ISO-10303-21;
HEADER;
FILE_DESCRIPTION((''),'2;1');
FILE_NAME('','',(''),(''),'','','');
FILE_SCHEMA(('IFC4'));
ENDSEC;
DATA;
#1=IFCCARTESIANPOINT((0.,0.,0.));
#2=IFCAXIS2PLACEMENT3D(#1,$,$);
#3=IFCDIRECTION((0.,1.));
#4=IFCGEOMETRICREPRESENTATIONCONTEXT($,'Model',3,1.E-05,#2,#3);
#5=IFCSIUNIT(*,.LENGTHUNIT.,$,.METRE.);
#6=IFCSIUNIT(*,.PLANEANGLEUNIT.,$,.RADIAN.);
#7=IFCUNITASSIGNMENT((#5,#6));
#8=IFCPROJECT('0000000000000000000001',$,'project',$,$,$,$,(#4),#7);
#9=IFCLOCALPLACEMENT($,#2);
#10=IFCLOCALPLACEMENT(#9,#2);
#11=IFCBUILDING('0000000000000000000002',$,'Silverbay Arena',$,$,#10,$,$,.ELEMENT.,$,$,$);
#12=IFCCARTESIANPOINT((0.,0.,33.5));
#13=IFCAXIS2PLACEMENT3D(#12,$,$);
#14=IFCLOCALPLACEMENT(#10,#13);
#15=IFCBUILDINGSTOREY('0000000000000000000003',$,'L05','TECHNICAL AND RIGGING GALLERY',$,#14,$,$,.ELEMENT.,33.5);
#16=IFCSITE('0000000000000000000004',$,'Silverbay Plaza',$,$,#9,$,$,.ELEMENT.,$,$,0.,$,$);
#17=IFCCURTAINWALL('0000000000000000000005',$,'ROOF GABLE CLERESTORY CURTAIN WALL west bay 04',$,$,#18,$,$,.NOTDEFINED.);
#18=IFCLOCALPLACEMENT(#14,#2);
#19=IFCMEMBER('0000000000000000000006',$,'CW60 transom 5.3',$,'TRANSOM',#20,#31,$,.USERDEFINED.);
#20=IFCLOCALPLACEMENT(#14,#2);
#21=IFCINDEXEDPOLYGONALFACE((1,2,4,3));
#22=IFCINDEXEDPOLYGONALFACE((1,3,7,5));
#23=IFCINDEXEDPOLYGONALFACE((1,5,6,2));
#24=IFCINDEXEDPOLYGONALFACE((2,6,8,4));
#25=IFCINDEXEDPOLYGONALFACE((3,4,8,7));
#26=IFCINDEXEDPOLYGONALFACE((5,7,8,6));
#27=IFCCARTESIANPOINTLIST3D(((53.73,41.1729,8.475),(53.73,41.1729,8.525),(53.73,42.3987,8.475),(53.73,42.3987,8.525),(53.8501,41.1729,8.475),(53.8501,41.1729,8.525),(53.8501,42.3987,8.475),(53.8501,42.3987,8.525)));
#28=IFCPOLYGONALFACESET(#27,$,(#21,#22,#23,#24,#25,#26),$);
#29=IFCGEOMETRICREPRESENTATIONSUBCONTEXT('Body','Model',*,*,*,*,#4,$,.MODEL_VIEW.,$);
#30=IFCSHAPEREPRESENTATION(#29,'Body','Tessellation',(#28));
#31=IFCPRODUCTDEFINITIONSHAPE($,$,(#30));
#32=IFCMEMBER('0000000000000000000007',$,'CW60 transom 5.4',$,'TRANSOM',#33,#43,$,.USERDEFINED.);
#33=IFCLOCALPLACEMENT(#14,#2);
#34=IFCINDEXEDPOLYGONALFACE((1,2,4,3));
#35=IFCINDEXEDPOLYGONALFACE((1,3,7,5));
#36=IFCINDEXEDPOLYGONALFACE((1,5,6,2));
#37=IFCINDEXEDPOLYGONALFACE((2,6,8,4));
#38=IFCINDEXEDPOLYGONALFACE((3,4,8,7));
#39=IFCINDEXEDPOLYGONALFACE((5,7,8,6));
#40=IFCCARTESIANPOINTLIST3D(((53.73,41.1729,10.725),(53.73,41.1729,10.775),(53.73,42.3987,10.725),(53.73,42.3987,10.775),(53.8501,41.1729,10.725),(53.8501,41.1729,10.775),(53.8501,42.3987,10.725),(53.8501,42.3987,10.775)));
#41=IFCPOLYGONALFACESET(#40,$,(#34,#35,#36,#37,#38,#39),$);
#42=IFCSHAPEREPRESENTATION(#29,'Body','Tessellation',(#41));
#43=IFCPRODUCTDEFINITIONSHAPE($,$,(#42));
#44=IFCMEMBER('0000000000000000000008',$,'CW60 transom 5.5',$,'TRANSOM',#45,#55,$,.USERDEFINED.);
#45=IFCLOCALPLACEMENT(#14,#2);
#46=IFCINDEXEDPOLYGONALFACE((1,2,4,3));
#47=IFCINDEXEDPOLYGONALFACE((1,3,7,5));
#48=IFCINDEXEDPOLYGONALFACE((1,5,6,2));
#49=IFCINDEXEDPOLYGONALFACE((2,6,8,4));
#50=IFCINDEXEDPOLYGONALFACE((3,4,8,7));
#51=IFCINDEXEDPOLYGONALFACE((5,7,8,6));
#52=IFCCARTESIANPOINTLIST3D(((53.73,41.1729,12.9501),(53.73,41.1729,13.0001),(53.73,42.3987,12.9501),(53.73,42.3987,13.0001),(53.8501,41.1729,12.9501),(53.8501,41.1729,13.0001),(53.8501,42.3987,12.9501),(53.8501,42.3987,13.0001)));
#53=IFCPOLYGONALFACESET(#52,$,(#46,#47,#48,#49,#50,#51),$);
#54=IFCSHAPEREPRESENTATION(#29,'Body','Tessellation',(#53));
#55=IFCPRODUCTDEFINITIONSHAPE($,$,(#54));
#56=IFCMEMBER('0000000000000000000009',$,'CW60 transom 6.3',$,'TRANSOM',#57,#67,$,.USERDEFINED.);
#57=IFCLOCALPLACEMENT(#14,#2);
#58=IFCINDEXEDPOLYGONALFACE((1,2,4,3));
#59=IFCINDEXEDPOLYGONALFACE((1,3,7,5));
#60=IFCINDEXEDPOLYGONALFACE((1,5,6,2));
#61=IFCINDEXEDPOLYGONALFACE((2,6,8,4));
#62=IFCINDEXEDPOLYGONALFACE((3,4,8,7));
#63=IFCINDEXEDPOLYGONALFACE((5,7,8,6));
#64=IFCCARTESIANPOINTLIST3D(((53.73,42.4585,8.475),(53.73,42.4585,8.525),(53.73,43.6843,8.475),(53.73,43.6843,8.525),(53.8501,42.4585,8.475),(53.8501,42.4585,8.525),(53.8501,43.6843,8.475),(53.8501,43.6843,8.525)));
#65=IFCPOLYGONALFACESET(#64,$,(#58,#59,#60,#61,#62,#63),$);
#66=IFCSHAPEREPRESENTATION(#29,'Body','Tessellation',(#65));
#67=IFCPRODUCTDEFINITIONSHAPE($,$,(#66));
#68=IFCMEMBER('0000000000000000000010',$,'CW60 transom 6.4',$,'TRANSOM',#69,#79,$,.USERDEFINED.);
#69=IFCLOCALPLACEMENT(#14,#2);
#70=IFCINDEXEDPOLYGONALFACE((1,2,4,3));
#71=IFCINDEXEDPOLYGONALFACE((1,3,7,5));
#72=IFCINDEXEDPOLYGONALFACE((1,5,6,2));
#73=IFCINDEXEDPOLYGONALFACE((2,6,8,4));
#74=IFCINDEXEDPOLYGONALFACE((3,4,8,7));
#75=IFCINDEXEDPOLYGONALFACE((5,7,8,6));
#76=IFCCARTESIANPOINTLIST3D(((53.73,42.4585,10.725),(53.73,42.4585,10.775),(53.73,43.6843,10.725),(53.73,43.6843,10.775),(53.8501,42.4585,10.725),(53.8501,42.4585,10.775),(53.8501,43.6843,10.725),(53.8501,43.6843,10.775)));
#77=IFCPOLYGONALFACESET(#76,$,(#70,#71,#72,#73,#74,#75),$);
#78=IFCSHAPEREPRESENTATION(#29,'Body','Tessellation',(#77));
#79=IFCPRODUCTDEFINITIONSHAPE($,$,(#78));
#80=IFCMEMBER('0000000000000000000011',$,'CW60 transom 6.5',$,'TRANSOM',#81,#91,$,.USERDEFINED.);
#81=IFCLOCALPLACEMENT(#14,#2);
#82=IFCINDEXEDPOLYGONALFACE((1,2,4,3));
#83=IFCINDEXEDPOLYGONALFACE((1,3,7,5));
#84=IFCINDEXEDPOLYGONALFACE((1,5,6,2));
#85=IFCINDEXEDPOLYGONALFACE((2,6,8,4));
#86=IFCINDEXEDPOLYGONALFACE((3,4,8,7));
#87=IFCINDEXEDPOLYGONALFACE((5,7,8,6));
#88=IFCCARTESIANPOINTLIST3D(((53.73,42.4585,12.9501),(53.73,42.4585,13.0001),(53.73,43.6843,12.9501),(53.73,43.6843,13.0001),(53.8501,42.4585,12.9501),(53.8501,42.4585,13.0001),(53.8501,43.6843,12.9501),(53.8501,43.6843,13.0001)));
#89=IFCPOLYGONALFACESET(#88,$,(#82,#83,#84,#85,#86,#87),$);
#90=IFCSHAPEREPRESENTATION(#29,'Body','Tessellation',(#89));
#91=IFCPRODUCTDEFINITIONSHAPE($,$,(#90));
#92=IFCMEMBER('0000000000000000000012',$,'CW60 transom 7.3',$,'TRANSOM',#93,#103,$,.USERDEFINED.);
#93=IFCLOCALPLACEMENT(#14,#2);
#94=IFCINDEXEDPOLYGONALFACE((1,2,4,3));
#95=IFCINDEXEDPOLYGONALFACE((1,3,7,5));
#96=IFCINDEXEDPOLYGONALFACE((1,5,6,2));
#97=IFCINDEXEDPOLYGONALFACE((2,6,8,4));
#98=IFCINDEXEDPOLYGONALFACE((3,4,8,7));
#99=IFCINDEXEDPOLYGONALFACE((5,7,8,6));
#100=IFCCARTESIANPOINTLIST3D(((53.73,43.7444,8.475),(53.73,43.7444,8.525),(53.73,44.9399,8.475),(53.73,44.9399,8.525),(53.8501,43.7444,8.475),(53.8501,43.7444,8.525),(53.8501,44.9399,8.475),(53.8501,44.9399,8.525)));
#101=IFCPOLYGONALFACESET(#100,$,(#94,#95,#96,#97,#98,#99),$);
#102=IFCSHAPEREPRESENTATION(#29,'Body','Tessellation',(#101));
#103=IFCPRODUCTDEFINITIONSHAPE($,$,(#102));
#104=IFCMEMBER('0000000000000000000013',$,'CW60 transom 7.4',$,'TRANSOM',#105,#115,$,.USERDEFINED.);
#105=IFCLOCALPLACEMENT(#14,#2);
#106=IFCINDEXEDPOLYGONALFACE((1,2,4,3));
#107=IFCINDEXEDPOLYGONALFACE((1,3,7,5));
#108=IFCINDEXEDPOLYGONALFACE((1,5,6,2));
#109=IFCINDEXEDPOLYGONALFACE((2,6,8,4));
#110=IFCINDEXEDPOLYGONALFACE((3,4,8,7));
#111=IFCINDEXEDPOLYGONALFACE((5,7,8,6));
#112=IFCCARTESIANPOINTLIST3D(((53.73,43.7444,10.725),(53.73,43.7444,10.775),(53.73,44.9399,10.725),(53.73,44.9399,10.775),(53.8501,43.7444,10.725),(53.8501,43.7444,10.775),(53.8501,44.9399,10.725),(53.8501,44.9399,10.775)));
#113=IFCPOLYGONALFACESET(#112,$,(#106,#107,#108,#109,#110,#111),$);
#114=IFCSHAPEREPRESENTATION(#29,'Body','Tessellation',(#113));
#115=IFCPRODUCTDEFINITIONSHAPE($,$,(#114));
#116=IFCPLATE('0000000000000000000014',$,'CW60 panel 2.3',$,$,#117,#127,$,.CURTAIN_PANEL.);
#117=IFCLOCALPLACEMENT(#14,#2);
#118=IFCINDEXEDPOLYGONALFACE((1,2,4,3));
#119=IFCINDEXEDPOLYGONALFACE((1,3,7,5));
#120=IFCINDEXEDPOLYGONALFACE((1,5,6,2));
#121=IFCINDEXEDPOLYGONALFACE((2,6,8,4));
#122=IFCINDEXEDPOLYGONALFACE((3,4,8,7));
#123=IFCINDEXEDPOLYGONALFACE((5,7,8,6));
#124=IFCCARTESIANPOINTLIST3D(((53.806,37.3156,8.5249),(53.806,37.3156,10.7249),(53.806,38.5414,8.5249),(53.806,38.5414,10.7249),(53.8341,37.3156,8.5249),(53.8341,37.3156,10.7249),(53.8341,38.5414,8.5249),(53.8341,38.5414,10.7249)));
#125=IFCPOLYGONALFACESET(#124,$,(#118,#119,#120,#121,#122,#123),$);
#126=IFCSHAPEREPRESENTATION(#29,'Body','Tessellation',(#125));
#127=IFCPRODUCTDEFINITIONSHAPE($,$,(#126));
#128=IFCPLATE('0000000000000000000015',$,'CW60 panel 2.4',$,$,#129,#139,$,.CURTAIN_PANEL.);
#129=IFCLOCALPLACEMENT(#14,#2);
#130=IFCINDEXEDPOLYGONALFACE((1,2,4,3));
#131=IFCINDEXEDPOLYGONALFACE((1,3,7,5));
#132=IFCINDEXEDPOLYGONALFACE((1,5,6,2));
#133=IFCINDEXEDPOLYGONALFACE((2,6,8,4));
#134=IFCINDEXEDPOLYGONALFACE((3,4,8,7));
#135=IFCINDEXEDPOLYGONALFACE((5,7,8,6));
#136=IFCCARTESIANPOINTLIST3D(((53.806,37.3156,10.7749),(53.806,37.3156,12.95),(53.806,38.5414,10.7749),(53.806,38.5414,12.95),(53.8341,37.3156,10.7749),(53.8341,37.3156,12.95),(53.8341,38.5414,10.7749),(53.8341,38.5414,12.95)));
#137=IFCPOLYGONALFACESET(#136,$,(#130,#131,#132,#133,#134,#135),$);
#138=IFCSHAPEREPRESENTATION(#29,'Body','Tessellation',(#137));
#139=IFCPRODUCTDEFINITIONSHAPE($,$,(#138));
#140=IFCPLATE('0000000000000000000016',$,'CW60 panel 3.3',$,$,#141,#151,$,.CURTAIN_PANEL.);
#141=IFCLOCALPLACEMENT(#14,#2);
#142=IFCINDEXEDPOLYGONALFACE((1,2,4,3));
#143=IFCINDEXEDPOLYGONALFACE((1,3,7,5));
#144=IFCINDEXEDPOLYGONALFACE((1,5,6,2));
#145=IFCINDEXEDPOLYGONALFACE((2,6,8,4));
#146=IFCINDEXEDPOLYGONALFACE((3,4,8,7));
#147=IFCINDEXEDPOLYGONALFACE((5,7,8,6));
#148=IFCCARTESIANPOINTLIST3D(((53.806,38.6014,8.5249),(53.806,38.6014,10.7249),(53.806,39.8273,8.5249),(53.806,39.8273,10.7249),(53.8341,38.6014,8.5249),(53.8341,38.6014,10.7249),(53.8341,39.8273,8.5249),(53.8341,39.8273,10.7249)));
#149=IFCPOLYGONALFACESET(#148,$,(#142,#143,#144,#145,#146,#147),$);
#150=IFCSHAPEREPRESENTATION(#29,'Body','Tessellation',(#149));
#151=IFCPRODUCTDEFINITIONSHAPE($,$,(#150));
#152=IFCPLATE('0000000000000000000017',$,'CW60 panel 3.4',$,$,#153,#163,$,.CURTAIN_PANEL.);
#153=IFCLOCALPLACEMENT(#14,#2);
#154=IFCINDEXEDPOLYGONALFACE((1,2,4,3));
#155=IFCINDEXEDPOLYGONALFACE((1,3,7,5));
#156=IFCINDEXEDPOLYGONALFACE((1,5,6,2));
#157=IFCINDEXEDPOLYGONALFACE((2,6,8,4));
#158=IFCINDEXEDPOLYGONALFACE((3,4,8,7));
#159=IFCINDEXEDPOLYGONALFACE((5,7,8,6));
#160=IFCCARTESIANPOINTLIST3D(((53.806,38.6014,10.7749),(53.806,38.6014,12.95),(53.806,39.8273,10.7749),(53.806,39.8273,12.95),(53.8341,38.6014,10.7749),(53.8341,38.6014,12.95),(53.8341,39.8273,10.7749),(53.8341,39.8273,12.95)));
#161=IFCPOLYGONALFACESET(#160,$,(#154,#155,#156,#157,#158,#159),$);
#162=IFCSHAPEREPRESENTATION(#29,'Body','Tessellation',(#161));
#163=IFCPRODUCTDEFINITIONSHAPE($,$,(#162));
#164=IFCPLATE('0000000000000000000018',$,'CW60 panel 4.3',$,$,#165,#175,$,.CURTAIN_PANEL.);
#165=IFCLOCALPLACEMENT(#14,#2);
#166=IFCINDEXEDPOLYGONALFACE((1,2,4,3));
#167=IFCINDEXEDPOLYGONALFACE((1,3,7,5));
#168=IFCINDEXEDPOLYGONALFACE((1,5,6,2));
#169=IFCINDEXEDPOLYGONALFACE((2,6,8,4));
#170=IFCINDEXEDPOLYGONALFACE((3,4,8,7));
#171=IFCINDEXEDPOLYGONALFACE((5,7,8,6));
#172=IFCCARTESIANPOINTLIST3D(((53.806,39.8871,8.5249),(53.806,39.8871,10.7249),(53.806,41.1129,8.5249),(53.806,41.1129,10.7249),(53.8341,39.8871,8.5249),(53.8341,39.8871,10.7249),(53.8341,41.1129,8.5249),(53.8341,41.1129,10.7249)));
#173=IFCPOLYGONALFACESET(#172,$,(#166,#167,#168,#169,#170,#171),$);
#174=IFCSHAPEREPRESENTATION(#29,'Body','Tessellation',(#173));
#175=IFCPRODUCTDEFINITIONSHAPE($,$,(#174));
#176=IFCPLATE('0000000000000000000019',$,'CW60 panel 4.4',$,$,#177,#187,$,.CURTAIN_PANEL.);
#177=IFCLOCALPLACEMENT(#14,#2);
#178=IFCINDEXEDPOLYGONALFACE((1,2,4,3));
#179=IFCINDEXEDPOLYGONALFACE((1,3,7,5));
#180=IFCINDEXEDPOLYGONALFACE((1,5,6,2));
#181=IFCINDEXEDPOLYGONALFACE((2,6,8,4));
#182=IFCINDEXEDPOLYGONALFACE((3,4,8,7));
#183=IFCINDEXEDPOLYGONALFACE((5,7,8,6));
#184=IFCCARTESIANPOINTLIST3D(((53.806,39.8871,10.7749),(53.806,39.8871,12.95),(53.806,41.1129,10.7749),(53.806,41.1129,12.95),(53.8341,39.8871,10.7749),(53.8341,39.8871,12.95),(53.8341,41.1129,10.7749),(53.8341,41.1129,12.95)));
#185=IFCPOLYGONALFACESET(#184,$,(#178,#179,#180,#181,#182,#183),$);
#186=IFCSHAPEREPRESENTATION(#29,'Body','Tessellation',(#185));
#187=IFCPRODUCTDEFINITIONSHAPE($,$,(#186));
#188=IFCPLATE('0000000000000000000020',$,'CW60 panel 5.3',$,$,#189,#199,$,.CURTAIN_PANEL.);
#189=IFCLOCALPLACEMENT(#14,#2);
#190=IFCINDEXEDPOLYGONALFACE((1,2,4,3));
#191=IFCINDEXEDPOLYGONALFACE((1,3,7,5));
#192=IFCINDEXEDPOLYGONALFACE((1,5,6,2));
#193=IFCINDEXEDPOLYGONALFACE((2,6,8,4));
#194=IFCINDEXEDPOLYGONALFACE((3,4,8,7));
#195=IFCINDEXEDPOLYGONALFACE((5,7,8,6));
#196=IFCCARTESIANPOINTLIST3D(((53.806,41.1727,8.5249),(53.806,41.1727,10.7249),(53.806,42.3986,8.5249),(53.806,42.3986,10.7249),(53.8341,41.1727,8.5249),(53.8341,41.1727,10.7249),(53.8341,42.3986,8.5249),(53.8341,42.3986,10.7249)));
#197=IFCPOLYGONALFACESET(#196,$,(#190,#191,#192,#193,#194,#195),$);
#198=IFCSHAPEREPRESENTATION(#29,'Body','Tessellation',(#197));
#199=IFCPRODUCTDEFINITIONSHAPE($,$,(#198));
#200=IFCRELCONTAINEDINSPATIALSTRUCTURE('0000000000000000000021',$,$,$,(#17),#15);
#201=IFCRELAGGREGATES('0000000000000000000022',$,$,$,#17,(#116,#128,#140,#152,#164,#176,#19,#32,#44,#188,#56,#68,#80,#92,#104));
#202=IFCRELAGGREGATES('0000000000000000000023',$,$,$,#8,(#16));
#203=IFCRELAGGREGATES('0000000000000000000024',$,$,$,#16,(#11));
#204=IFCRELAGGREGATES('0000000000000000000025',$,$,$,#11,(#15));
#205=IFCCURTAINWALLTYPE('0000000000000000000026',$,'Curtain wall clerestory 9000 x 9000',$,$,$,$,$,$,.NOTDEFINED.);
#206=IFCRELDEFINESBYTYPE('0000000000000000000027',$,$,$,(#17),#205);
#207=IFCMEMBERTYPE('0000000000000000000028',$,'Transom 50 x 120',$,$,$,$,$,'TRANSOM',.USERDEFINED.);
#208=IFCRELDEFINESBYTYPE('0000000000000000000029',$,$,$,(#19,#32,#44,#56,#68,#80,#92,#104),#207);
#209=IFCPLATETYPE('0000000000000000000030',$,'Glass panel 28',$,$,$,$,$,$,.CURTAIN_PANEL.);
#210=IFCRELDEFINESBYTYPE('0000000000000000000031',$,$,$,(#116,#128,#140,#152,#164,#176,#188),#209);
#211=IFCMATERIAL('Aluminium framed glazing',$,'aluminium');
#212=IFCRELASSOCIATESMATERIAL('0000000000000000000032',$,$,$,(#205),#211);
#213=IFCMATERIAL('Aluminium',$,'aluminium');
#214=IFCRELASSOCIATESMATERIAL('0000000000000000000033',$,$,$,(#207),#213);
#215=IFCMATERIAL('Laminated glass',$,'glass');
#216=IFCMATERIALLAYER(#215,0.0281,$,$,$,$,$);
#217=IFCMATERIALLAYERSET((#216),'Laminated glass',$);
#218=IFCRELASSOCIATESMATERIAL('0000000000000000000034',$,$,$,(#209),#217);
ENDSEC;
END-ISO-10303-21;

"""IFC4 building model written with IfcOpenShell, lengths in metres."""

from ifc_helpers import new_model, si_unit, direction, frame, origin, origin_2d, place, context, subcontext, project, spatial, rectangle, extrude, material, layer, layer_set, material_profile, profile_set, type_object, element, aggregate, save


model = new_model("IFC4")

# Units and contexts
model_context = context("Model", 3, precision=1e-05, world=origin(), true_north=direction((0.0, 1.0)))
body_context = subcontext(model_context, "Body", "Model", "MODEL_VIEW")
ifc_project = project(units=[si_unit("LENGTHUNIT", "METRE"), si_unit("PLANEANGLEUNIT", "RADIAN")], contexts=[model_context])

# Site, building, storey
site_placement = place(None, origin())
site = spatial("IfcSite", under=ifc_project, at=site_placement, Name="Silverbay Plaza", CompositionType="ELEMENT", RefElevation=0.0)
building_placement = place(site_placement, origin())
building = spatial("IfcBuilding", under=site, at=building_placement, Name="Silverbay Arena", CompositionType="ELEMENT")
storey_placement = place(building_placement, frame((0.0, 0.0, 33.5)))
storey = spatial("IfcBuildingStorey", under=building, at=storey_placement, Name="L05", Description="TECHNICAL AND RIGGING GALLERY", CompositionType="ELEMENT", Elevation=33.5)

# Curtain wall, members, plates
ifc_material_1 = material(Name="Aluminium framed glazing", Category="aluminium")
curtain_wall_type = type_object("IfcCurtainWallType", Name="Curtain wall clerestory 9000 x 9000", PredefinedType="NOTDEFINED", material=ifc_material_1)
curtain_wall_placement = place(storey_placement, origin())
curtain_wall = element("IfcCurtainWall", 1, at=curtain_wall_placement, inside=storey, type_object=curtain_wall_type, Name="ROOF GABLE CLERESTORY CURTAIN WALL west bay 04", PredefinedType="NOTDEFINED")
ifc_material_2 = material(Name="Aluminium", Category="aluminium")
ifc_material_profile_1 = material_profile(ifc_material_2, rectangle(XDim=0.1201, YDim=0.05, at=origin_2d()), Name="Transom 50 x 120")
ifc_profile_set_1 = profile_set([ifc_material_profile_1], Name="Aluminium")
member_type_1 = type_object("IfcMemberType", Name="Transom 50 x 120", ElementType="TRANSOM", PredefinedType="USERDEFINED", material=ifc_profile_set_1)
member_1_placement = place(storey_placement, frame((53.79, 41.1729, 8.5), z_axis=(0.0, 1.0, 0.0), x_axis=(-1.0, 0.0, 0.0)))
member_1 = element("IfcMember", 2, at=member_1_placement, type_object=member_type_1, Name="CW60 transom 5.3", ObjectType="TRANSOM", PredefinedType="USERDEFINED", context=body_context, shape_type="SweptSolid", body=[
    extrude(rectangle(XDim=0.1201, YDim=0.05, at=origin_2d()), origin(), (0.0, 0.0, 1.0), 1.2258),
])
member_2_placement = place(storey_placement, frame((53.79, 41.1729, 10.75), z_axis=(0.0, 1.0, 0.0), x_axis=(-1.0, 0.0, 0.0)))
member_2 = element("IfcMember", 3, at=member_2_placement, type_object=member_type_1, Name="CW60 transom 5.4", ObjectType="TRANSOM", PredefinedType="USERDEFINED", context=body_context, shape_type="SweptSolid", body=[
    extrude(rectangle(XDim=0.1201, YDim=0.05, at=origin_2d()), origin(), (0.0, 0.0, 1.0), 1.2258),
])
member_3_placement = place(storey_placement, frame((53.79, 41.1729, 12.9751), z_axis=(0.0, 1.0, 0.0), x_axis=(-1.0, 0.0, 0.0)))
member_3 = element("IfcMember", 4, at=member_3_placement, type_object=member_type_1, Name="CW60 transom 5.5", ObjectType="TRANSOM", PredefinedType="USERDEFINED", context=body_context, shape_type="SweptSolid", body=[
    extrude(rectangle(XDim=0.1201, YDim=0.05, at=origin_2d()), origin(), (0.0, 0.0, 1.0), 1.2258),
])
member_4_placement = place(storey_placement, frame((53.79, 42.4585, 8.5), z_axis=(0.0, 1.0, 0.0), x_axis=(-1.0, 0.0, 0.0)))
member_4 = element("IfcMember", 5, at=member_4_placement, type_object=member_type_1, Name="CW60 transom 6.3", ObjectType="TRANSOM", PredefinedType="USERDEFINED", context=body_context, shape_type="SweptSolid", body=[
    extrude(rectangle(XDim=0.1201, YDim=0.05, at=origin_2d()), origin(), (0.0, 0.0, 1.0), 1.2258),
])
member_5_placement = place(storey_placement, frame((53.79, 42.4585, 10.75), z_axis=(0.0, 1.0, 0.0), x_axis=(-1.0, 0.0, 0.0)))
member_5 = element("IfcMember", 6, at=member_5_placement, type_object=member_type_1, Name="CW60 transom 6.4", ObjectType="TRANSOM", PredefinedType="USERDEFINED", context=body_context, shape_type="SweptSolid", body=[
    extrude(rectangle(XDim=0.1201, YDim=0.05, at=origin_2d()), origin(), (0.0, 0.0, 1.0), 1.2258),
])
member_6_placement = place(storey_placement, frame((53.79, 42.4585, 12.9751), z_axis=(0.0, 1.0, 0.0), x_axis=(-1.0, 0.0, 0.0)))
member_6 = element("IfcMember", 7, at=member_6_placement, type_object=member_type_1, Name="CW60 transom 6.5", ObjectType="TRANSOM", PredefinedType="USERDEFINED", context=body_context, shape_type="SweptSolid", body=[
    extrude(rectangle(XDim=0.1201, YDim=0.05, at=origin_2d()), origin(), (0.0, 0.0, 1.0), 1.2258),
])
member_7_placement = place(storey_placement, frame((53.79, 43.7444, 8.5), z_axis=(0.0, 1.0, 0.0), x_axis=(-1.0, 0.0, 0.0)))
member_7 = element("IfcMember", 8, at=member_7_placement, type_object=member_type_1, Name="CW60 transom 7.3", ObjectType="TRANSOM", PredefinedType="USERDEFINED", context=body_context, shape_type="SweptSolid", body=[
    extrude(rectangle(XDim=0.1201, YDim=0.05, at=origin_2d()), origin(), (0.0, 0.0, 1.0), 1.1956),
])
member_8_placement = place(storey_placement, frame((53.79, 43.7444, 10.75), z_axis=(0.0, 1.0, 0.0), x_axis=(-1.0, 0.0, 0.0)))
member_8 = element("IfcMember", 9, at=member_8_placement, type_object=member_type_1, Name="CW60 transom 7.4", ObjectType="TRANSOM", PredefinedType="USERDEFINED", context=body_context, shape_type="SweptSolid", body=[
    extrude(rectangle(XDim=0.1201, YDim=0.05, at=origin_2d()), origin(), (0.0, 0.0, 1.0), 1.1956),
])
ifc_material_3 = material(Name="Laminated glass", Category="glass")
ifc_layer = layer(ifc_material_3, 0.0281)
ifc_layer_set = layer_set([ifc_layer], Name="Laminated glass")
plate_type = type_object("IfcPlateType", Name="Glass panel 28", PredefinedType="CURTAIN_PANEL", material=ifc_layer_set)
plate_1_placement = place(storey_placement, frame((53.8201, 37.9285, 8.5249), z_axis=(0.0, 0.0, 1.0), x_axis=(0.0, 1.0, 0.0)))
plate_1 = element("IfcPlate", 10, at=plate_1_placement, type_object=plate_type, Name="CW60 panel 2.3", PredefinedType="CURTAIN_PANEL", context=body_context, shape_type="SweptSolid", body=[
    extrude(rectangle(XDim=1.2258, YDim=0.0281, at=origin_2d()), origin(), (0.0, 0.0, 1.0), 2.2),
])
plate_2_placement = place(storey_placement, frame((53.8201, 37.9285, 10.7749), z_axis=(0.0, 0.0, 1.0), x_axis=(0.0, 1.0, 0.0)))
plate_2 = element("IfcPlate", 11, at=plate_2_placement, type_object=plate_type, Name="CW60 panel 2.4", PredefinedType="CURTAIN_PANEL", context=body_context, shape_type="SweptSolid", body=[
    extrude(rectangle(XDim=1.2258, YDim=0.0281, at=origin_2d()), origin(), (0.0, 0.0, 1.0), 2.175),
])
plate_3_placement = place(storey_placement, frame((53.8201, 39.2144, 8.5249), z_axis=(0.0, 0.0, 1.0), x_axis=(0.0, 1.0, 0.0)))
plate_3 = element("IfcPlate", 12, at=plate_3_placement, type_object=plate_type, Name="CW60 panel 3.3", PredefinedType="CURTAIN_PANEL", context=body_context, shape_type="SweptSolid", body=[
    extrude(rectangle(XDim=1.2258, YDim=0.0281, at=origin_2d()), origin(), (0.0, 0.0, 1.0), 2.2),
])
plate_4_placement = place(storey_placement, frame((53.8201, 39.2144, 10.7749), z_axis=(0.0, 0.0, 1.0), x_axis=(0.0, 1.0, 0.0)))
plate_4 = element("IfcPlate", 13, at=plate_4_placement, type_object=plate_type, Name="CW60 panel 3.4", PredefinedType="CURTAIN_PANEL", context=body_context, shape_type="SweptSolid", body=[
    extrude(rectangle(XDim=1.2258, YDim=0.0281, at=origin_2d()), origin(), (0.0, 0.0, 1.0), 2.175),
])
plate_5_placement = place(storey_placement, frame((53.8201, 40.5, 8.5249), z_axis=(0.0, 0.0, 1.0), x_axis=(0.0, 1.0, 0.0)))
plate_5 = element("IfcPlate", 14, at=plate_5_placement, type_object=plate_type, Name="CW60 panel 4.3", PredefinedType="CURTAIN_PANEL", context=body_context, shape_type="SweptSolid", body=[
    extrude(rectangle(XDim=1.2258, YDim=0.0281, at=origin_2d()), origin(), (0.0, 0.0, 1.0), 2.2),
])
plate_6_placement = place(storey_placement, frame((53.8201, 40.5, 10.7749), z_axis=(0.0, 0.0, 1.0), x_axis=(0.0, 1.0, 0.0)))
plate_6 = element("IfcPlate", 15, at=plate_6_placement, type_object=plate_type, Name="CW60 panel 4.4", PredefinedType="CURTAIN_PANEL", context=body_context, shape_type="SweptSolid", body=[
    extrude(rectangle(XDim=1.2258, YDim=0.0281, at=origin_2d()), origin(), (0.0, 0.0, 1.0), 2.175),
])
plate_7_placement = place(storey_placement, frame((53.8201, 41.7856, 8.5249), z_axis=(0.0, 0.0, 1.0), x_axis=(0.0, 1.0, 0.0)))
plate_7 = element("IfcPlate", 16, at=plate_7_placement, type_object=plate_type, Name="CW60 panel 5.3", PredefinedType="CURTAIN_PANEL", context=body_context, shape_type="SweptSolid", body=[
    extrude(rectangle(XDim=1.2258, YDim=0.0281, at=origin_2d()), origin(), (0.0, 0.0, 1.0), 2.2),
])
aggregate(curtain_wall, [plate_1, plate_2, plate_3, plate_4, plate_5, plate_6, member_1, member_2, member_3, plate_7, member_4, member_5, member_6, member_7, member_8])

save(model, "model.ifc")
